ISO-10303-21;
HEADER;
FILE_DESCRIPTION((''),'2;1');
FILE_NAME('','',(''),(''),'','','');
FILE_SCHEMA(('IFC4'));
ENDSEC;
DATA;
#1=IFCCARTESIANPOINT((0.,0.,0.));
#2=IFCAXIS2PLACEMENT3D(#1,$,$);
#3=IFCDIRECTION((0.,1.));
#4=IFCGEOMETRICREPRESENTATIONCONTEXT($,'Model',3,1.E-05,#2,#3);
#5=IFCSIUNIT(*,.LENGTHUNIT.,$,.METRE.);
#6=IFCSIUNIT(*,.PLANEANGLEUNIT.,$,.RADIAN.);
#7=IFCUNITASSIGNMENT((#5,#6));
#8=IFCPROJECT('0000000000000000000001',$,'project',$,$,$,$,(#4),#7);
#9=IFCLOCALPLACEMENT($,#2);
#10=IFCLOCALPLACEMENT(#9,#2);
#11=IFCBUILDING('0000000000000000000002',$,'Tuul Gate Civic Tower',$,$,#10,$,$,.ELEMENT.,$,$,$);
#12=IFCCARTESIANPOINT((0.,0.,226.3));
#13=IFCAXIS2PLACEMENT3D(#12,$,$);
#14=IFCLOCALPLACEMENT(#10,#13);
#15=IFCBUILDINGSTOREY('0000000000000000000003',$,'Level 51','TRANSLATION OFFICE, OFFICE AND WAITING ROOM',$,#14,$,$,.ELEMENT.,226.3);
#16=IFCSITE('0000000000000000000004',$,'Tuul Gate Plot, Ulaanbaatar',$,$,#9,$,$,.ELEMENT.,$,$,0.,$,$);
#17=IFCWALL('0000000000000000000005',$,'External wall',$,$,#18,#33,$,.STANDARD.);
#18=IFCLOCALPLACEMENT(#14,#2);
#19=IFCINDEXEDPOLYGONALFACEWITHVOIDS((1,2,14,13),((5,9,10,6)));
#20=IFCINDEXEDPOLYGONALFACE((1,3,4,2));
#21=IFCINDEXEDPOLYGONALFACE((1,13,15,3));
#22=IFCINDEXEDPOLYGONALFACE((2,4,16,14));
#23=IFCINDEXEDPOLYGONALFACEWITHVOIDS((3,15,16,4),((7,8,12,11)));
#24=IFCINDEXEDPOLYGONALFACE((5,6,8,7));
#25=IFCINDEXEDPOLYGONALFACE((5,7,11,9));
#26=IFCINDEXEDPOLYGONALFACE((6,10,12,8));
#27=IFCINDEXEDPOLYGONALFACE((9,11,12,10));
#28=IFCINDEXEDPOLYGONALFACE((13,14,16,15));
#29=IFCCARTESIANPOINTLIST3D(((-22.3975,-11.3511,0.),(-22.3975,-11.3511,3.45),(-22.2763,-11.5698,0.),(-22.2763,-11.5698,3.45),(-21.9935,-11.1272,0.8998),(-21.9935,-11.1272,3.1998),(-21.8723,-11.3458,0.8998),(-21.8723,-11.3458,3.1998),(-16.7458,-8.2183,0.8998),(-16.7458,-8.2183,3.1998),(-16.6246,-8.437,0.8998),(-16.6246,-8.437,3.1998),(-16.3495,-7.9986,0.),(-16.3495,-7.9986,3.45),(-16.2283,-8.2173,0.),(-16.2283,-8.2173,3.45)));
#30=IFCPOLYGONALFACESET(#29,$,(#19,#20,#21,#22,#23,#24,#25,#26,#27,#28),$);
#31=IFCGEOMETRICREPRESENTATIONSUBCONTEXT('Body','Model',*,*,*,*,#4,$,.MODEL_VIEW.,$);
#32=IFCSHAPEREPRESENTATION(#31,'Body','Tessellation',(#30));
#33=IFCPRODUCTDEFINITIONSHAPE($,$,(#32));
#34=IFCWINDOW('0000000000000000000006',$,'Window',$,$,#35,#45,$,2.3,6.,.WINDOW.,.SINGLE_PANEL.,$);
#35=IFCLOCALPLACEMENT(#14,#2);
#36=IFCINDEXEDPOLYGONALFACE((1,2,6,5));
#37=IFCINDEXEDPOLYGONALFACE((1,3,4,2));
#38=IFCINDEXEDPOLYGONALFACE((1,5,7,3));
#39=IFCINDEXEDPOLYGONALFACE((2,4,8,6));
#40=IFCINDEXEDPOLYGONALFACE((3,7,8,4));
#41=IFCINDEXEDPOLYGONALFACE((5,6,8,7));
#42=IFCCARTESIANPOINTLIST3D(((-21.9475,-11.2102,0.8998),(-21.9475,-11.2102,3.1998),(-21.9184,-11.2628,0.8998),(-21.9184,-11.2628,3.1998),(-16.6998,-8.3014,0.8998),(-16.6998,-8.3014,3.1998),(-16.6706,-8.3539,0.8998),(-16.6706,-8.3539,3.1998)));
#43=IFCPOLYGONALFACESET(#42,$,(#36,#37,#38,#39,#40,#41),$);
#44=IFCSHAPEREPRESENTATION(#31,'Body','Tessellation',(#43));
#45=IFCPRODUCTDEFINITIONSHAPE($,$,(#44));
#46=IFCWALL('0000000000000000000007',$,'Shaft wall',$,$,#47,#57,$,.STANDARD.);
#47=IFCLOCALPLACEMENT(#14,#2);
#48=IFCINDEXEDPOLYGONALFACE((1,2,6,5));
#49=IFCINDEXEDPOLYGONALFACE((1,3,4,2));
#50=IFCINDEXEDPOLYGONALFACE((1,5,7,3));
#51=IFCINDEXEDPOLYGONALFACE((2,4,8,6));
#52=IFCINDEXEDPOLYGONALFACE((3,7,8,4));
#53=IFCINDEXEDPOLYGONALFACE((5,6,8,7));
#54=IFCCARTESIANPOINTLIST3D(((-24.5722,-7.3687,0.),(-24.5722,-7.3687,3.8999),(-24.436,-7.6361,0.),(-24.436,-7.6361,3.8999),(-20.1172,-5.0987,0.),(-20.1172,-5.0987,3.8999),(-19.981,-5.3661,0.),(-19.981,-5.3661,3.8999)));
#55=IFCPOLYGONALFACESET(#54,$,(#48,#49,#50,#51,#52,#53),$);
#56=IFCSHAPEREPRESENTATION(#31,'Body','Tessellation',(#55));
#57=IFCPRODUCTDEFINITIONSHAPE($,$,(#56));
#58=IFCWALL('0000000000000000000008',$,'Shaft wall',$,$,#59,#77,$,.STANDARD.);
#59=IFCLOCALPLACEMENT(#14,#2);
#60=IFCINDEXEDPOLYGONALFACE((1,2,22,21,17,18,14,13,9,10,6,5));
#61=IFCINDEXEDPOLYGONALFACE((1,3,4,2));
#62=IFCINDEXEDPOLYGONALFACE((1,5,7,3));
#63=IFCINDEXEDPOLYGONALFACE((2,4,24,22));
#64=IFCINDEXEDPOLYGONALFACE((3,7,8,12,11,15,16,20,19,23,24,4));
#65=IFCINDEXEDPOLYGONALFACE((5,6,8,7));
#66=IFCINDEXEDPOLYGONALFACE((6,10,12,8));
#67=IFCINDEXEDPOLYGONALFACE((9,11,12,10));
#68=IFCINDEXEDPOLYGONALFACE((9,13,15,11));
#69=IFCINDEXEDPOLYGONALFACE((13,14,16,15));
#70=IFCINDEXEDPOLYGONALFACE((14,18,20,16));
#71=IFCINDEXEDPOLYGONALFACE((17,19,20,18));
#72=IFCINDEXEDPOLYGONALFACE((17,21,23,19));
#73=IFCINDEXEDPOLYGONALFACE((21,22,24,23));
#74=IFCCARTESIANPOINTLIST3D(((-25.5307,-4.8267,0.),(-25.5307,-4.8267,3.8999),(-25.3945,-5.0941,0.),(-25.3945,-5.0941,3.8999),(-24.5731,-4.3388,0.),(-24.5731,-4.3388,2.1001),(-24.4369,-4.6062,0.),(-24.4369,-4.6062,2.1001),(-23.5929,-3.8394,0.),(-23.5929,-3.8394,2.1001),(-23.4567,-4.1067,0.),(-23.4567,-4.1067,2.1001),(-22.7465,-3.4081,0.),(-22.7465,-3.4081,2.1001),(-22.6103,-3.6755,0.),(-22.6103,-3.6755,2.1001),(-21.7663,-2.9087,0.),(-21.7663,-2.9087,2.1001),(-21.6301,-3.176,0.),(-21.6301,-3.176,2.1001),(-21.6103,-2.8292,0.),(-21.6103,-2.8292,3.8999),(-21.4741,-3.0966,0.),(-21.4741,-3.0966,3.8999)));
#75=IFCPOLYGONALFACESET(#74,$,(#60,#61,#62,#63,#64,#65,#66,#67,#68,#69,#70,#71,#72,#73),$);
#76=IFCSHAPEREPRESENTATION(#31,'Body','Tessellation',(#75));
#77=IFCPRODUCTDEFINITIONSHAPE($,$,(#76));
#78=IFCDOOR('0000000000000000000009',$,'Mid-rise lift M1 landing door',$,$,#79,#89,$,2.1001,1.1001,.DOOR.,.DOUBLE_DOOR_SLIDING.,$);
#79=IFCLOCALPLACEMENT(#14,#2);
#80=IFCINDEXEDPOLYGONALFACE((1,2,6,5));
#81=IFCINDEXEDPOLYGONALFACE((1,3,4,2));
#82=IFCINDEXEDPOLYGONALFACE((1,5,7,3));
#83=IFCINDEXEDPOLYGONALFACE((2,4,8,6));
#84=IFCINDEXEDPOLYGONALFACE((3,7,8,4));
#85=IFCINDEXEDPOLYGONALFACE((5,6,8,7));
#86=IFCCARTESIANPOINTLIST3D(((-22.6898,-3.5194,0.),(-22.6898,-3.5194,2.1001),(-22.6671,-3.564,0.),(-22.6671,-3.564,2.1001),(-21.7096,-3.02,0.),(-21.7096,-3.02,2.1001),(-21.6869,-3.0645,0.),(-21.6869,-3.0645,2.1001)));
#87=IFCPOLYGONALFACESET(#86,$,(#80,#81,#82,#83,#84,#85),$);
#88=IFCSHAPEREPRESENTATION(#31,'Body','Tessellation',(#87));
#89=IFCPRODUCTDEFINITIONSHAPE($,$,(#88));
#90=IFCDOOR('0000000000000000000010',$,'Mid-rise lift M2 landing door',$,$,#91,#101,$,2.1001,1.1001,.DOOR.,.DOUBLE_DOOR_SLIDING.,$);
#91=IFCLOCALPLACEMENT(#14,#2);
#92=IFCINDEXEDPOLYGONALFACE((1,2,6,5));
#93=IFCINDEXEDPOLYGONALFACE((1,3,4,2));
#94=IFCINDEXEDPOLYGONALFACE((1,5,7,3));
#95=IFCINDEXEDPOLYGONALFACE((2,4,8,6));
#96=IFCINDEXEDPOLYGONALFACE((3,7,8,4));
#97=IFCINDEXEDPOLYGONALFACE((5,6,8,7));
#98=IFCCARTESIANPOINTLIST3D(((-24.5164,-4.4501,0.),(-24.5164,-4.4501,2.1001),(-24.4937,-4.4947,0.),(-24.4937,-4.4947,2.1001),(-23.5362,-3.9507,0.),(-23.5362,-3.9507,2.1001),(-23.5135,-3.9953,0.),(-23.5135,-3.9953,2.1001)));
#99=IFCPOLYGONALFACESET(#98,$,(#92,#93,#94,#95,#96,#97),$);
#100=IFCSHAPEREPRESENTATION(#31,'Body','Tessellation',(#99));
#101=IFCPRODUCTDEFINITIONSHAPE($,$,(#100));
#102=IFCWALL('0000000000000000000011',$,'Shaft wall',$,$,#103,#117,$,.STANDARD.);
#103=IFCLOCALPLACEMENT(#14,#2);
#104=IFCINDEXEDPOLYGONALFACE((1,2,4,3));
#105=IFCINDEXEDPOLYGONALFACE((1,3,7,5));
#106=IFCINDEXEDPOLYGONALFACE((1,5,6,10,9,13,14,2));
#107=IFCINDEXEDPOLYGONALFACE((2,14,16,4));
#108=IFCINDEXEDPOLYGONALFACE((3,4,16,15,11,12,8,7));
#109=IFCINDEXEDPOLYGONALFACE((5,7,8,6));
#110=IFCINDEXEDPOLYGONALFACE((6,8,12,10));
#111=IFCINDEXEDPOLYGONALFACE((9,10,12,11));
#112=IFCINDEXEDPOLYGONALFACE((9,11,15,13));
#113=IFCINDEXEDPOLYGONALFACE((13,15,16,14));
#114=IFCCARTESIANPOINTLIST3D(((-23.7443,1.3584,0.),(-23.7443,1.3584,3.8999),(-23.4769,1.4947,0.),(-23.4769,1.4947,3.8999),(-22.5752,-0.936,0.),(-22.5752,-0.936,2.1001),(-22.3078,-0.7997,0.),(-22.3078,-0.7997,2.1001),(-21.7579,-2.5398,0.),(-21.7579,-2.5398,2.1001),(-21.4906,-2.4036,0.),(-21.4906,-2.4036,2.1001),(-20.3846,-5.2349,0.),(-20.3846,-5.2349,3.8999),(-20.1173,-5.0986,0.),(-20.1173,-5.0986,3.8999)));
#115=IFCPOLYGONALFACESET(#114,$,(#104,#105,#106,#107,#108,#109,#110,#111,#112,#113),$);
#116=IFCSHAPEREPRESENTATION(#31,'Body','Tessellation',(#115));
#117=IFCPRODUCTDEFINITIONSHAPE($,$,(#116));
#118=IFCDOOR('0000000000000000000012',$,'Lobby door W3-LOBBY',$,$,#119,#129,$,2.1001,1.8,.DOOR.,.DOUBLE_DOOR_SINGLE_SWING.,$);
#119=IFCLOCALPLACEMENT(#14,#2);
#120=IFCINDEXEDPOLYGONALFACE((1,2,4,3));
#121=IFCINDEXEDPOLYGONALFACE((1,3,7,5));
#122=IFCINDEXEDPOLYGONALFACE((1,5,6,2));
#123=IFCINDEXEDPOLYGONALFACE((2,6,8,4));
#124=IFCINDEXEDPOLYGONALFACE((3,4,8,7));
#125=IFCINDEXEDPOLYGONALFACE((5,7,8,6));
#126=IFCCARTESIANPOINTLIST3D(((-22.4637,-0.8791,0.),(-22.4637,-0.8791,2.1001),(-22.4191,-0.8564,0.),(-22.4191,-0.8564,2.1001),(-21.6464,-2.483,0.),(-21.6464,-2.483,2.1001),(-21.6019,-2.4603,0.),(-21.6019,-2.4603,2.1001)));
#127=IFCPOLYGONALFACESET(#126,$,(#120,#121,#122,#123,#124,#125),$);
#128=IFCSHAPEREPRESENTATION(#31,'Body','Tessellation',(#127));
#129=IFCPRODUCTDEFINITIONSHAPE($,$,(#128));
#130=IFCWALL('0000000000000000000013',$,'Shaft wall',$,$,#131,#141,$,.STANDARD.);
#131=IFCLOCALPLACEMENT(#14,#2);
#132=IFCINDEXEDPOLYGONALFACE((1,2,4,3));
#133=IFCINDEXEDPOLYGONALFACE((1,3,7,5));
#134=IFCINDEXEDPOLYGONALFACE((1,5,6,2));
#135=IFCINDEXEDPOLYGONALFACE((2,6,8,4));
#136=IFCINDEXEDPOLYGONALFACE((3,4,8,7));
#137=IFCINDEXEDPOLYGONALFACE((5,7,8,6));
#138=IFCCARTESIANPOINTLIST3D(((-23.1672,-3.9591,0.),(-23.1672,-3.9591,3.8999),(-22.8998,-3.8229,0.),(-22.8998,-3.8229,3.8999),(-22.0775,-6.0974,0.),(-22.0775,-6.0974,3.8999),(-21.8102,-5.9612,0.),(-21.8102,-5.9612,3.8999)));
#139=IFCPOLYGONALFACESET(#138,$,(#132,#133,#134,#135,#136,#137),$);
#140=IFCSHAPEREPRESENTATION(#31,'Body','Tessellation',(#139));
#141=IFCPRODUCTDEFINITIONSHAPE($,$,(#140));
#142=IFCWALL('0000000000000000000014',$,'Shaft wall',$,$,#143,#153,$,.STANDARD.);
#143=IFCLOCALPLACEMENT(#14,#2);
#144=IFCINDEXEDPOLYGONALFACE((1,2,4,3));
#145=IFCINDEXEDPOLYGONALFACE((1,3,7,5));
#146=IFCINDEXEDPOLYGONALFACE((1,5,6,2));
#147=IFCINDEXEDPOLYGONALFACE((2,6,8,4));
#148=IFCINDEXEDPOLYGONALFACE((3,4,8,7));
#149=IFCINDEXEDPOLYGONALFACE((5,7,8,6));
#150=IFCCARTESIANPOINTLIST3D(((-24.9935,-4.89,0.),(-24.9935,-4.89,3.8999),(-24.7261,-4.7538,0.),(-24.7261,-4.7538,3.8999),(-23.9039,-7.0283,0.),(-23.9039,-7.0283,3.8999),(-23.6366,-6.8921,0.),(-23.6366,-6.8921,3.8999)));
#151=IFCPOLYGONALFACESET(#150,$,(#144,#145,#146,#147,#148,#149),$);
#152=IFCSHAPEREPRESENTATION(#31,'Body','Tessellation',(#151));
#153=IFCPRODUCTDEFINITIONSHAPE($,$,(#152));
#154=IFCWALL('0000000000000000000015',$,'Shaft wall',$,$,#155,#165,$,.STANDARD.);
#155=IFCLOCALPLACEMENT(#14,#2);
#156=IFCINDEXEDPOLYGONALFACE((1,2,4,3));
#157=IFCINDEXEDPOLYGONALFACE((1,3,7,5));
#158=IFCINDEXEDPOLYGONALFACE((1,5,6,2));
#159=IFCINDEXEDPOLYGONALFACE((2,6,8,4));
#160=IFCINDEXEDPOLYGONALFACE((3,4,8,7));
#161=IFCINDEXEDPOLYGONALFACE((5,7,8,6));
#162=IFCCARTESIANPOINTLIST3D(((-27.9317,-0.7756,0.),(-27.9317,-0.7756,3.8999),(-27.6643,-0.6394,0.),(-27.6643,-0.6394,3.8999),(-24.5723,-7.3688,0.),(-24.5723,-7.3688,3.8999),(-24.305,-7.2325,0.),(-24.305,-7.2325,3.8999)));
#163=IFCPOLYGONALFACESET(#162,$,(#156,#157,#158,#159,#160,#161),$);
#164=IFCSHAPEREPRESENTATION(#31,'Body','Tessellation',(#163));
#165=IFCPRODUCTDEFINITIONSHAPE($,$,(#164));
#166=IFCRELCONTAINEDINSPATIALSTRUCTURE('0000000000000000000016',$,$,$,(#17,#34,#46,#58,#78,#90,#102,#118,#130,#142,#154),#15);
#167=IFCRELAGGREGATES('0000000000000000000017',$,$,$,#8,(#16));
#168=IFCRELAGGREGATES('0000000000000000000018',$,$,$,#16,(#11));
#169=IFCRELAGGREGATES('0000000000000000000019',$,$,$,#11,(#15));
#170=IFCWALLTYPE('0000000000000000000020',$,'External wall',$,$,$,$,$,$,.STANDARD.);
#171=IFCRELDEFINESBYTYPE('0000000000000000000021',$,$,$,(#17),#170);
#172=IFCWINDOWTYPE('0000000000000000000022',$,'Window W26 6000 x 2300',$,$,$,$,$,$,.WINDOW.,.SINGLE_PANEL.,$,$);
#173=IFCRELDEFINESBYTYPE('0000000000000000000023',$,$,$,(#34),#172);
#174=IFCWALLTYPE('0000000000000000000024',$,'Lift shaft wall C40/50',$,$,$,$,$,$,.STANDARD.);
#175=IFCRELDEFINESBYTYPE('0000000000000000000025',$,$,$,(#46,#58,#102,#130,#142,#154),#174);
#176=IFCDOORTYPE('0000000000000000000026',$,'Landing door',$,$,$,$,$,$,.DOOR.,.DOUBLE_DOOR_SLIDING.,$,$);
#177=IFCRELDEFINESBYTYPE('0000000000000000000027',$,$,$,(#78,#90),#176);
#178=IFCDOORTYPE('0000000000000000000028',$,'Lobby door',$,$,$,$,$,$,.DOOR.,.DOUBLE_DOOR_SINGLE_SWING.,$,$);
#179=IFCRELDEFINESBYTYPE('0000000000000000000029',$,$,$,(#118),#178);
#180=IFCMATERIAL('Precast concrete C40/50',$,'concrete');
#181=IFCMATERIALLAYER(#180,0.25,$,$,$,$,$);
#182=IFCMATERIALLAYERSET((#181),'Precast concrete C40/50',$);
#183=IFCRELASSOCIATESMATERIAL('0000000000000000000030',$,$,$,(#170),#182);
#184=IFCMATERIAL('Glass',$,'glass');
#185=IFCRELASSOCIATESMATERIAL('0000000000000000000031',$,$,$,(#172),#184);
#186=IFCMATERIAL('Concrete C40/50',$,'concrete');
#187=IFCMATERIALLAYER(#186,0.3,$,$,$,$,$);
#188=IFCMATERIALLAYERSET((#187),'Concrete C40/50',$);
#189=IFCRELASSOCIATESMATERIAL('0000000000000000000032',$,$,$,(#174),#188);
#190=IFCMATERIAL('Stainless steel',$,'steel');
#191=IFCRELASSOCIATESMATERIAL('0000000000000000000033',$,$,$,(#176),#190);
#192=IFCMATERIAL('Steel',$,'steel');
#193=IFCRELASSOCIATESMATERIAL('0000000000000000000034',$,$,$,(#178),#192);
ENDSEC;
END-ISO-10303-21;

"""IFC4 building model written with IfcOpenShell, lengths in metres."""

from ifc_helpers import new_model, si_unit, direction, frame, frame_2d, origin, place, context, subcontext, project, spatial, rectangle, extrude, material, layer, layer_set, type_object, element, fill, save


model = new_model("IFC4")

# Units and contexts
model_context = context("Model", 3, precision=1e-05, world=origin(), true_north=direction((0.0, 1.0)))
body_context = subcontext(model_context, "Body", "Model", "MODEL_VIEW")
ifc_project = project(units=[si_unit("LENGTHUNIT", "METRE"), si_unit("PLANEANGLEUNIT", "RADIAN")], contexts=[model_context])

# Site, building, storey
site_placement = place(None, origin())
site = spatial("IfcSite", under=ifc_project, at=site_placement, Name="Tuul Gate Plot, Ulaanbaatar", CompositionType="ELEMENT", RefElevation=0.0)
building_placement = place(site_placement, origin())
building = spatial("IfcBuilding", under=site, at=building_placement, Name="Tuul Gate Civic Tower", CompositionType="ELEMENT")
storey_placement = place(building_placement, frame((0.0, 0.0, 226.3)))
storey = spatial("IfcBuildingStorey", under=building, at=storey_placement, Name="Level 51", Description="TRANSLATION OFFICE, OFFICE AND WAITING ROOM", CompositionType="ELEMENT", Elevation=226.3)

# Wall, opening, window
ifc_material_1 = material(Name="Precast concrete C40/50", Category="concrete")
ifc_layer_1 = layer(ifc_material_1, 0.25)
ifc_layer_set_1 = layer_set([ifc_layer_1], Name="Precast concrete C40/50")
wall_type_1 = type_object("IfcWallType", Name="External wall", PredefinedType="STANDARD", material=ifc_layer_set_1)
wall_1_placement = place(storey_placement, frame((-22.3369, -11.4604, 0.0), z_axis=(0.0, 0.0, 1.0), x_axis=(0.874618, 0.484812, 0.0)))
wall_1 = element("IfcWall", 1, at=wall_1_placement, inside=storey, type_object=wall_type_1, Name="External wall", PredefinedType="STANDARD", context=body_context, shape_type="SweptSolid", body=[
    extrude(rectangle(XDim=6.915, YDim=0.25, at=frame_2d((3.4575, 0.0))), origin(), (0.0, 0.0, 1.0), 3.45),
])
opening_1_placement = place(wall_1_placement, frame((0.4619, 0.0, 0.8999)))
opening_1 = element("IfcOpeningElement", 2, at=opening_1_placement, cuts=wall_1, PredefinedType="OPENING", context=body_context, shape_type="SweptSolid", body=[
    extrude(rectangle(XDim=6.0, YDim=2.3, at=frame_2d((3.0, 1.1499))), frame((0.0, 0.135, 0.0), z_axis=(0.0, -1.0, 0.0), x_axis=(1.0, 0.0, 0.0)), (0.0, 0.0, 1.0), 0.27),
])
ifc_material_2 = material(Name="Glass", Category="glass")
window_type = type_object("IfcWindowType", Name="Window W26 6000 x 2300", PartitioningType="SINGLE_PANEL", PredefinedType="WINDOW", material=ifc_material_2)
window_placement = place(opening_1_placement, origin())
window = element("IfcWindow", 3, at=window_placement, inside=storey, type_object=window_type, Name="Window", OverallHeight=2.3, OverallWidth=6.0, PartitioningType="SINGLE_PANEL", PredefinedType="WINDOW", context=body_context, shape_type="SweptSolid", body=[
    extrude(rectangle(XDim=6.0, YDim=2.3, at=frame_2d((3.0, 1.1499))), frame((0.0, 0.03, 0.0), z_axis=(0.0, -1.0, 0.0), x_axis=(1.0, 0.0, 0.0)), (0.0, 0.0, 1.0), 0.0601),
])
fill(opening_1, window)

# Wall
ifc_material_3 = material(Name="Concrete C40/50", Category="concrete")
ifc_layer_2 = layer(ifc_material_3, 0.3)
ifc_layer_set_2 = layer_set([ifc_layer_2], Name="Concrete C40/50")
wall_type_2 = type_object("IfcWallType", Name="Lift shaft wall C40/50", PredefinedType="STANDARD", material=ifc_layer_set_2)
wall_2_placement = place(storey_placement, frame((-20.0491, -5.2324, 0.0), z_axis=(0.0, 0.0, 1.0), x_axis=(-0.891003, -0.453997, 0.0)))
element("IfcWall", 4, at=wall_2_placement, inside=storey, type_object=wall_type_2, Name="Shaft wall", PredefinedType="STANDARD", context=body_context, shape_type="SweptSolid", body=[
    extrude(rectangle(XDim=5.0, YDim=0.3, at=frame_2d((2.5, 0.0))), origin(), (0.0, 0.0, 1.0), 3.8999),
])

# Wall, openings, doors
wall_3_placement = place(storey_placement, frame((-21.5422, -2.9629, 0.0), z_axis=(0.0, 0.0, 1.0), x_axis=(-0.891006, -0.453992, 0.0)))
wall_3 = element("IfcWall", 5, at=wall_3_placement, inside=storey, type_object=wall_type_2, Name="Shaft wall", PredefinedType="STANDARD", context=body_context, shape_type="SweptSolid", body=[
    extrude(rectangle(XDim=4.3999, YDim=0.3, at=frame_2d((2.2, 0.0))), origin(), (0.0, 0.0, 1.0), 3.8999),
])
opening_2_placement = place(wall_3_placement, frame((0.175, 0.0, 0.0)))
opening_2 = element("IfcOpeningElement", 6, at=opening_2_placement, cuts=wall_3, PredefinedType="OPENING", context=body_context, shape_type="SweptSolid", body=[
    extrude(rectangle(XDim=1.1001, YDim=2.1001, at=frame_2d((0.55, 1.05))), frame((0.0, 0.1602, 0.0), z_axis=(0.0, -1.0, 0.0), x_axis=(1.0, 0.0, 0.0)), (0.0, 0.0, 1.0), 0.3201),
])
opening_3_placement = place(wall_3_placement, frame((2.2251, 0.0, 0.0)))
opening_3 = element("IfcOpeningElement", 7, at=opening_3_placement, cuts=wall_3, PredefinedType="OPENING", context=body_context, shape_type="SweptSolid", body=[
    extrude(rectangle(XDim=1.1001, YDim=2.1001, at=frame_2d((0.55, 1.05))), frame((0.0, 0.1602, 0.0), z_axis=(0.0, -1.0, 0.0), x_axis=(1.0, 0.0, 0.0)), (0.0, 0.0, 1.0), 0.3201),
])
ifc_material_4 = material(Name="Stainless steel", Category="steel")
door_type_1 = type_object("IfcDoorType", Name="Landing door", OperationType="DOUBLE_DOOR_SLIDING", PredefinedType="DOOR", material=ifc_material_4)
door_1_placement = place(opening_2_placement, origin())
door_1 = element("IfcDoor", 8, at=door_1_placement, inside=storey, type_object=door_type_1, Name="Mid-rise lift M1 landing door", OperationType="DOUBLE_DOOR_SLIDING", OverallHeight=2.1001, OverallWidth=1.1001, PredefinedType="DOOR", context=body_context, shape_type="SweptSolid", body=[
    extrude(rectangle(XDim=1.1001, YDim=2.1001, at=frame_2d((0.55, 1.05))), frame((0.0, 0.0249, 0.0), z_axis=(0.0, -1.0, 0.0), x_axis=(1.0, 0.0, 0.0)), (0.0, 0.0, 1.0), 0.05),
])
fill(opening_2, door_1)
door_2_placement = place(opening_3_placement, origin())
door_2 = element("IfcDoor", 9, at=door_2_placement, inside=storey, type_object=door_type_1, Name="Mid-rise lift M2 landing door", OperationType="DOUBLE_DOOR_SLIDING", OverallHeight=2.1001, OverallWidth=1.1001, PredefinedType="DOOR", context=body_context, shape_type="SweptSolid", body=[
    extrude(rectangle(XDim=1.1001, YDim=2.1001, at=frame_2d((0.55, 1.05))), frame((0.0, 0.0249, 0.0), z_axis=(0.0, -1.0, 0.0), x_axis=(1.0, 0.0, 0.0)), (0.0, 0.0, 1.0), 0.05),
])
fill(opening_3, door_2)

# Wall, opening, door
wall_4_placement = place(storey_placement, frame((-20.251, -5.1667, 0.0), z_axis=(0.0, 0.0, 1.0), x_axis=(-0.45401, 0.890996, 0.0)))
wall_4 = element("IfcWall", 10, at=wall_4_placement, inside=storey, type_object=wall_type_2, Name="Shaft wall", PredefinedType="STANDARD", context=body_context, shape_type="SweptSolid", body=[
    extrude(rectangle(XDim=7.3999, YDim=0.3, at=frame_2d((3.7, 0.0))), origin(), (0.0, 0.0, 1.0), 3.8999),
])
opening_4_placement = place(wall_4_placement, frame((3.0249, 0.0, 0.0)))
opening_4 = element("IfcOpeningElement", 11, at=opening_4_placement, cuts=wall_4, PredefinedType="OPENING", context=body_context, shape_type="SweptSolid", body=[
    extrude(rectangle(XDim=1.8, YDim=2.1001, at=frame_2d((0.8999, 1.05))), frame((0.0, 0.1602, 0.0), z_axis=(0.0, -1.0, 0.0), x_axis=(1.0, 0.0, 0.0)), (0.0, 0.0, 1.0), 0.3201),
])
ifc_material_5 = material(Name="Steel", Category="steel")
door_type_2 = type_object("IfcDoorType", Name="Lobby door", OperationType="DOUBLE_DOOR_SINGLE_SWING", PredefinedType="DOOR", material=ifc_material_5)
door_3_placement = place(opening_4_placement, origin())
door_3 = element("IfcDoor", 12, at=door_3_placement, inside=storey, type_object=door_type_2, Name="Lobby door W3-LOBBY", OperationType="DOUBLE_DOOR_SINGLE_SWING", OverallHeight=2.1001, OverallWidth=1.8, PredefinedType="DOOR", context=body_context, shape_type="SweptSolid", body=[
    extrude(rectangle(XDim=1.8, YDim=2.1001, at=frame_2d((0.8999, 1.05))), frame((0.0, 0.0249, 0.0), z_axis=(0.0, -1.0, 0.0), x_axis=(1.0, 0.0, 0.0)), (0.0, 0.0, 1.0), 0.05),
])
fill(opening_4, door_3)

# Walls
for number, where, z_axis, x_axis, name in (
    (13, (-21.9438, -6.0293, 0.0), (0.0, 0.0, 1.0), (-0.454037, 0.890983, 0.0), "Shaft wall"),
    (14, (-23.7703, -6.9602, 0.0), (0.0, 0.0, 1.0), (-0.453996, 0.891004, 0.0), "Shaft wall"),
):
    element("IfcWall", number, at=place(storey_placement, frame(where, z_axis=z_axis, x_axis=x_axis)), inside=storey, type_object=wall_type_2, Name=name, PredefinedType="STANDARD", context=body_context, shape_type="SweptSolid", body=[
        extrude(rectangle(XDim=2.3999, YDim=0.3, at=frame_2d((1.2, 0.0))), origin(), (0.0, 0.0, 1.0), 3.8999),
    ])
wall_5_placement = place(storey_placement, frame((-24.4387, -7.3005, 0.0), z_axis=(0.0, 0.0, 1.0), x_axis=(-0.453984, 0.89101, 0.0)))
element("IfcWall", 15, at=wall_5_placement, inside=storey, type_object=wall_type_2, Name="Shaft wall", PredefinedType="STANDARD", context=body_context, shape_type="SweptSolid", body=[
    extrude(rectangle(XDim=7.3997, YDim=0.3, at=frame_2d((3.6997, 0.0))), origin(), (0.0, 0.0, 1.0), 3.8999),
])

save(model, "model.ifc")
